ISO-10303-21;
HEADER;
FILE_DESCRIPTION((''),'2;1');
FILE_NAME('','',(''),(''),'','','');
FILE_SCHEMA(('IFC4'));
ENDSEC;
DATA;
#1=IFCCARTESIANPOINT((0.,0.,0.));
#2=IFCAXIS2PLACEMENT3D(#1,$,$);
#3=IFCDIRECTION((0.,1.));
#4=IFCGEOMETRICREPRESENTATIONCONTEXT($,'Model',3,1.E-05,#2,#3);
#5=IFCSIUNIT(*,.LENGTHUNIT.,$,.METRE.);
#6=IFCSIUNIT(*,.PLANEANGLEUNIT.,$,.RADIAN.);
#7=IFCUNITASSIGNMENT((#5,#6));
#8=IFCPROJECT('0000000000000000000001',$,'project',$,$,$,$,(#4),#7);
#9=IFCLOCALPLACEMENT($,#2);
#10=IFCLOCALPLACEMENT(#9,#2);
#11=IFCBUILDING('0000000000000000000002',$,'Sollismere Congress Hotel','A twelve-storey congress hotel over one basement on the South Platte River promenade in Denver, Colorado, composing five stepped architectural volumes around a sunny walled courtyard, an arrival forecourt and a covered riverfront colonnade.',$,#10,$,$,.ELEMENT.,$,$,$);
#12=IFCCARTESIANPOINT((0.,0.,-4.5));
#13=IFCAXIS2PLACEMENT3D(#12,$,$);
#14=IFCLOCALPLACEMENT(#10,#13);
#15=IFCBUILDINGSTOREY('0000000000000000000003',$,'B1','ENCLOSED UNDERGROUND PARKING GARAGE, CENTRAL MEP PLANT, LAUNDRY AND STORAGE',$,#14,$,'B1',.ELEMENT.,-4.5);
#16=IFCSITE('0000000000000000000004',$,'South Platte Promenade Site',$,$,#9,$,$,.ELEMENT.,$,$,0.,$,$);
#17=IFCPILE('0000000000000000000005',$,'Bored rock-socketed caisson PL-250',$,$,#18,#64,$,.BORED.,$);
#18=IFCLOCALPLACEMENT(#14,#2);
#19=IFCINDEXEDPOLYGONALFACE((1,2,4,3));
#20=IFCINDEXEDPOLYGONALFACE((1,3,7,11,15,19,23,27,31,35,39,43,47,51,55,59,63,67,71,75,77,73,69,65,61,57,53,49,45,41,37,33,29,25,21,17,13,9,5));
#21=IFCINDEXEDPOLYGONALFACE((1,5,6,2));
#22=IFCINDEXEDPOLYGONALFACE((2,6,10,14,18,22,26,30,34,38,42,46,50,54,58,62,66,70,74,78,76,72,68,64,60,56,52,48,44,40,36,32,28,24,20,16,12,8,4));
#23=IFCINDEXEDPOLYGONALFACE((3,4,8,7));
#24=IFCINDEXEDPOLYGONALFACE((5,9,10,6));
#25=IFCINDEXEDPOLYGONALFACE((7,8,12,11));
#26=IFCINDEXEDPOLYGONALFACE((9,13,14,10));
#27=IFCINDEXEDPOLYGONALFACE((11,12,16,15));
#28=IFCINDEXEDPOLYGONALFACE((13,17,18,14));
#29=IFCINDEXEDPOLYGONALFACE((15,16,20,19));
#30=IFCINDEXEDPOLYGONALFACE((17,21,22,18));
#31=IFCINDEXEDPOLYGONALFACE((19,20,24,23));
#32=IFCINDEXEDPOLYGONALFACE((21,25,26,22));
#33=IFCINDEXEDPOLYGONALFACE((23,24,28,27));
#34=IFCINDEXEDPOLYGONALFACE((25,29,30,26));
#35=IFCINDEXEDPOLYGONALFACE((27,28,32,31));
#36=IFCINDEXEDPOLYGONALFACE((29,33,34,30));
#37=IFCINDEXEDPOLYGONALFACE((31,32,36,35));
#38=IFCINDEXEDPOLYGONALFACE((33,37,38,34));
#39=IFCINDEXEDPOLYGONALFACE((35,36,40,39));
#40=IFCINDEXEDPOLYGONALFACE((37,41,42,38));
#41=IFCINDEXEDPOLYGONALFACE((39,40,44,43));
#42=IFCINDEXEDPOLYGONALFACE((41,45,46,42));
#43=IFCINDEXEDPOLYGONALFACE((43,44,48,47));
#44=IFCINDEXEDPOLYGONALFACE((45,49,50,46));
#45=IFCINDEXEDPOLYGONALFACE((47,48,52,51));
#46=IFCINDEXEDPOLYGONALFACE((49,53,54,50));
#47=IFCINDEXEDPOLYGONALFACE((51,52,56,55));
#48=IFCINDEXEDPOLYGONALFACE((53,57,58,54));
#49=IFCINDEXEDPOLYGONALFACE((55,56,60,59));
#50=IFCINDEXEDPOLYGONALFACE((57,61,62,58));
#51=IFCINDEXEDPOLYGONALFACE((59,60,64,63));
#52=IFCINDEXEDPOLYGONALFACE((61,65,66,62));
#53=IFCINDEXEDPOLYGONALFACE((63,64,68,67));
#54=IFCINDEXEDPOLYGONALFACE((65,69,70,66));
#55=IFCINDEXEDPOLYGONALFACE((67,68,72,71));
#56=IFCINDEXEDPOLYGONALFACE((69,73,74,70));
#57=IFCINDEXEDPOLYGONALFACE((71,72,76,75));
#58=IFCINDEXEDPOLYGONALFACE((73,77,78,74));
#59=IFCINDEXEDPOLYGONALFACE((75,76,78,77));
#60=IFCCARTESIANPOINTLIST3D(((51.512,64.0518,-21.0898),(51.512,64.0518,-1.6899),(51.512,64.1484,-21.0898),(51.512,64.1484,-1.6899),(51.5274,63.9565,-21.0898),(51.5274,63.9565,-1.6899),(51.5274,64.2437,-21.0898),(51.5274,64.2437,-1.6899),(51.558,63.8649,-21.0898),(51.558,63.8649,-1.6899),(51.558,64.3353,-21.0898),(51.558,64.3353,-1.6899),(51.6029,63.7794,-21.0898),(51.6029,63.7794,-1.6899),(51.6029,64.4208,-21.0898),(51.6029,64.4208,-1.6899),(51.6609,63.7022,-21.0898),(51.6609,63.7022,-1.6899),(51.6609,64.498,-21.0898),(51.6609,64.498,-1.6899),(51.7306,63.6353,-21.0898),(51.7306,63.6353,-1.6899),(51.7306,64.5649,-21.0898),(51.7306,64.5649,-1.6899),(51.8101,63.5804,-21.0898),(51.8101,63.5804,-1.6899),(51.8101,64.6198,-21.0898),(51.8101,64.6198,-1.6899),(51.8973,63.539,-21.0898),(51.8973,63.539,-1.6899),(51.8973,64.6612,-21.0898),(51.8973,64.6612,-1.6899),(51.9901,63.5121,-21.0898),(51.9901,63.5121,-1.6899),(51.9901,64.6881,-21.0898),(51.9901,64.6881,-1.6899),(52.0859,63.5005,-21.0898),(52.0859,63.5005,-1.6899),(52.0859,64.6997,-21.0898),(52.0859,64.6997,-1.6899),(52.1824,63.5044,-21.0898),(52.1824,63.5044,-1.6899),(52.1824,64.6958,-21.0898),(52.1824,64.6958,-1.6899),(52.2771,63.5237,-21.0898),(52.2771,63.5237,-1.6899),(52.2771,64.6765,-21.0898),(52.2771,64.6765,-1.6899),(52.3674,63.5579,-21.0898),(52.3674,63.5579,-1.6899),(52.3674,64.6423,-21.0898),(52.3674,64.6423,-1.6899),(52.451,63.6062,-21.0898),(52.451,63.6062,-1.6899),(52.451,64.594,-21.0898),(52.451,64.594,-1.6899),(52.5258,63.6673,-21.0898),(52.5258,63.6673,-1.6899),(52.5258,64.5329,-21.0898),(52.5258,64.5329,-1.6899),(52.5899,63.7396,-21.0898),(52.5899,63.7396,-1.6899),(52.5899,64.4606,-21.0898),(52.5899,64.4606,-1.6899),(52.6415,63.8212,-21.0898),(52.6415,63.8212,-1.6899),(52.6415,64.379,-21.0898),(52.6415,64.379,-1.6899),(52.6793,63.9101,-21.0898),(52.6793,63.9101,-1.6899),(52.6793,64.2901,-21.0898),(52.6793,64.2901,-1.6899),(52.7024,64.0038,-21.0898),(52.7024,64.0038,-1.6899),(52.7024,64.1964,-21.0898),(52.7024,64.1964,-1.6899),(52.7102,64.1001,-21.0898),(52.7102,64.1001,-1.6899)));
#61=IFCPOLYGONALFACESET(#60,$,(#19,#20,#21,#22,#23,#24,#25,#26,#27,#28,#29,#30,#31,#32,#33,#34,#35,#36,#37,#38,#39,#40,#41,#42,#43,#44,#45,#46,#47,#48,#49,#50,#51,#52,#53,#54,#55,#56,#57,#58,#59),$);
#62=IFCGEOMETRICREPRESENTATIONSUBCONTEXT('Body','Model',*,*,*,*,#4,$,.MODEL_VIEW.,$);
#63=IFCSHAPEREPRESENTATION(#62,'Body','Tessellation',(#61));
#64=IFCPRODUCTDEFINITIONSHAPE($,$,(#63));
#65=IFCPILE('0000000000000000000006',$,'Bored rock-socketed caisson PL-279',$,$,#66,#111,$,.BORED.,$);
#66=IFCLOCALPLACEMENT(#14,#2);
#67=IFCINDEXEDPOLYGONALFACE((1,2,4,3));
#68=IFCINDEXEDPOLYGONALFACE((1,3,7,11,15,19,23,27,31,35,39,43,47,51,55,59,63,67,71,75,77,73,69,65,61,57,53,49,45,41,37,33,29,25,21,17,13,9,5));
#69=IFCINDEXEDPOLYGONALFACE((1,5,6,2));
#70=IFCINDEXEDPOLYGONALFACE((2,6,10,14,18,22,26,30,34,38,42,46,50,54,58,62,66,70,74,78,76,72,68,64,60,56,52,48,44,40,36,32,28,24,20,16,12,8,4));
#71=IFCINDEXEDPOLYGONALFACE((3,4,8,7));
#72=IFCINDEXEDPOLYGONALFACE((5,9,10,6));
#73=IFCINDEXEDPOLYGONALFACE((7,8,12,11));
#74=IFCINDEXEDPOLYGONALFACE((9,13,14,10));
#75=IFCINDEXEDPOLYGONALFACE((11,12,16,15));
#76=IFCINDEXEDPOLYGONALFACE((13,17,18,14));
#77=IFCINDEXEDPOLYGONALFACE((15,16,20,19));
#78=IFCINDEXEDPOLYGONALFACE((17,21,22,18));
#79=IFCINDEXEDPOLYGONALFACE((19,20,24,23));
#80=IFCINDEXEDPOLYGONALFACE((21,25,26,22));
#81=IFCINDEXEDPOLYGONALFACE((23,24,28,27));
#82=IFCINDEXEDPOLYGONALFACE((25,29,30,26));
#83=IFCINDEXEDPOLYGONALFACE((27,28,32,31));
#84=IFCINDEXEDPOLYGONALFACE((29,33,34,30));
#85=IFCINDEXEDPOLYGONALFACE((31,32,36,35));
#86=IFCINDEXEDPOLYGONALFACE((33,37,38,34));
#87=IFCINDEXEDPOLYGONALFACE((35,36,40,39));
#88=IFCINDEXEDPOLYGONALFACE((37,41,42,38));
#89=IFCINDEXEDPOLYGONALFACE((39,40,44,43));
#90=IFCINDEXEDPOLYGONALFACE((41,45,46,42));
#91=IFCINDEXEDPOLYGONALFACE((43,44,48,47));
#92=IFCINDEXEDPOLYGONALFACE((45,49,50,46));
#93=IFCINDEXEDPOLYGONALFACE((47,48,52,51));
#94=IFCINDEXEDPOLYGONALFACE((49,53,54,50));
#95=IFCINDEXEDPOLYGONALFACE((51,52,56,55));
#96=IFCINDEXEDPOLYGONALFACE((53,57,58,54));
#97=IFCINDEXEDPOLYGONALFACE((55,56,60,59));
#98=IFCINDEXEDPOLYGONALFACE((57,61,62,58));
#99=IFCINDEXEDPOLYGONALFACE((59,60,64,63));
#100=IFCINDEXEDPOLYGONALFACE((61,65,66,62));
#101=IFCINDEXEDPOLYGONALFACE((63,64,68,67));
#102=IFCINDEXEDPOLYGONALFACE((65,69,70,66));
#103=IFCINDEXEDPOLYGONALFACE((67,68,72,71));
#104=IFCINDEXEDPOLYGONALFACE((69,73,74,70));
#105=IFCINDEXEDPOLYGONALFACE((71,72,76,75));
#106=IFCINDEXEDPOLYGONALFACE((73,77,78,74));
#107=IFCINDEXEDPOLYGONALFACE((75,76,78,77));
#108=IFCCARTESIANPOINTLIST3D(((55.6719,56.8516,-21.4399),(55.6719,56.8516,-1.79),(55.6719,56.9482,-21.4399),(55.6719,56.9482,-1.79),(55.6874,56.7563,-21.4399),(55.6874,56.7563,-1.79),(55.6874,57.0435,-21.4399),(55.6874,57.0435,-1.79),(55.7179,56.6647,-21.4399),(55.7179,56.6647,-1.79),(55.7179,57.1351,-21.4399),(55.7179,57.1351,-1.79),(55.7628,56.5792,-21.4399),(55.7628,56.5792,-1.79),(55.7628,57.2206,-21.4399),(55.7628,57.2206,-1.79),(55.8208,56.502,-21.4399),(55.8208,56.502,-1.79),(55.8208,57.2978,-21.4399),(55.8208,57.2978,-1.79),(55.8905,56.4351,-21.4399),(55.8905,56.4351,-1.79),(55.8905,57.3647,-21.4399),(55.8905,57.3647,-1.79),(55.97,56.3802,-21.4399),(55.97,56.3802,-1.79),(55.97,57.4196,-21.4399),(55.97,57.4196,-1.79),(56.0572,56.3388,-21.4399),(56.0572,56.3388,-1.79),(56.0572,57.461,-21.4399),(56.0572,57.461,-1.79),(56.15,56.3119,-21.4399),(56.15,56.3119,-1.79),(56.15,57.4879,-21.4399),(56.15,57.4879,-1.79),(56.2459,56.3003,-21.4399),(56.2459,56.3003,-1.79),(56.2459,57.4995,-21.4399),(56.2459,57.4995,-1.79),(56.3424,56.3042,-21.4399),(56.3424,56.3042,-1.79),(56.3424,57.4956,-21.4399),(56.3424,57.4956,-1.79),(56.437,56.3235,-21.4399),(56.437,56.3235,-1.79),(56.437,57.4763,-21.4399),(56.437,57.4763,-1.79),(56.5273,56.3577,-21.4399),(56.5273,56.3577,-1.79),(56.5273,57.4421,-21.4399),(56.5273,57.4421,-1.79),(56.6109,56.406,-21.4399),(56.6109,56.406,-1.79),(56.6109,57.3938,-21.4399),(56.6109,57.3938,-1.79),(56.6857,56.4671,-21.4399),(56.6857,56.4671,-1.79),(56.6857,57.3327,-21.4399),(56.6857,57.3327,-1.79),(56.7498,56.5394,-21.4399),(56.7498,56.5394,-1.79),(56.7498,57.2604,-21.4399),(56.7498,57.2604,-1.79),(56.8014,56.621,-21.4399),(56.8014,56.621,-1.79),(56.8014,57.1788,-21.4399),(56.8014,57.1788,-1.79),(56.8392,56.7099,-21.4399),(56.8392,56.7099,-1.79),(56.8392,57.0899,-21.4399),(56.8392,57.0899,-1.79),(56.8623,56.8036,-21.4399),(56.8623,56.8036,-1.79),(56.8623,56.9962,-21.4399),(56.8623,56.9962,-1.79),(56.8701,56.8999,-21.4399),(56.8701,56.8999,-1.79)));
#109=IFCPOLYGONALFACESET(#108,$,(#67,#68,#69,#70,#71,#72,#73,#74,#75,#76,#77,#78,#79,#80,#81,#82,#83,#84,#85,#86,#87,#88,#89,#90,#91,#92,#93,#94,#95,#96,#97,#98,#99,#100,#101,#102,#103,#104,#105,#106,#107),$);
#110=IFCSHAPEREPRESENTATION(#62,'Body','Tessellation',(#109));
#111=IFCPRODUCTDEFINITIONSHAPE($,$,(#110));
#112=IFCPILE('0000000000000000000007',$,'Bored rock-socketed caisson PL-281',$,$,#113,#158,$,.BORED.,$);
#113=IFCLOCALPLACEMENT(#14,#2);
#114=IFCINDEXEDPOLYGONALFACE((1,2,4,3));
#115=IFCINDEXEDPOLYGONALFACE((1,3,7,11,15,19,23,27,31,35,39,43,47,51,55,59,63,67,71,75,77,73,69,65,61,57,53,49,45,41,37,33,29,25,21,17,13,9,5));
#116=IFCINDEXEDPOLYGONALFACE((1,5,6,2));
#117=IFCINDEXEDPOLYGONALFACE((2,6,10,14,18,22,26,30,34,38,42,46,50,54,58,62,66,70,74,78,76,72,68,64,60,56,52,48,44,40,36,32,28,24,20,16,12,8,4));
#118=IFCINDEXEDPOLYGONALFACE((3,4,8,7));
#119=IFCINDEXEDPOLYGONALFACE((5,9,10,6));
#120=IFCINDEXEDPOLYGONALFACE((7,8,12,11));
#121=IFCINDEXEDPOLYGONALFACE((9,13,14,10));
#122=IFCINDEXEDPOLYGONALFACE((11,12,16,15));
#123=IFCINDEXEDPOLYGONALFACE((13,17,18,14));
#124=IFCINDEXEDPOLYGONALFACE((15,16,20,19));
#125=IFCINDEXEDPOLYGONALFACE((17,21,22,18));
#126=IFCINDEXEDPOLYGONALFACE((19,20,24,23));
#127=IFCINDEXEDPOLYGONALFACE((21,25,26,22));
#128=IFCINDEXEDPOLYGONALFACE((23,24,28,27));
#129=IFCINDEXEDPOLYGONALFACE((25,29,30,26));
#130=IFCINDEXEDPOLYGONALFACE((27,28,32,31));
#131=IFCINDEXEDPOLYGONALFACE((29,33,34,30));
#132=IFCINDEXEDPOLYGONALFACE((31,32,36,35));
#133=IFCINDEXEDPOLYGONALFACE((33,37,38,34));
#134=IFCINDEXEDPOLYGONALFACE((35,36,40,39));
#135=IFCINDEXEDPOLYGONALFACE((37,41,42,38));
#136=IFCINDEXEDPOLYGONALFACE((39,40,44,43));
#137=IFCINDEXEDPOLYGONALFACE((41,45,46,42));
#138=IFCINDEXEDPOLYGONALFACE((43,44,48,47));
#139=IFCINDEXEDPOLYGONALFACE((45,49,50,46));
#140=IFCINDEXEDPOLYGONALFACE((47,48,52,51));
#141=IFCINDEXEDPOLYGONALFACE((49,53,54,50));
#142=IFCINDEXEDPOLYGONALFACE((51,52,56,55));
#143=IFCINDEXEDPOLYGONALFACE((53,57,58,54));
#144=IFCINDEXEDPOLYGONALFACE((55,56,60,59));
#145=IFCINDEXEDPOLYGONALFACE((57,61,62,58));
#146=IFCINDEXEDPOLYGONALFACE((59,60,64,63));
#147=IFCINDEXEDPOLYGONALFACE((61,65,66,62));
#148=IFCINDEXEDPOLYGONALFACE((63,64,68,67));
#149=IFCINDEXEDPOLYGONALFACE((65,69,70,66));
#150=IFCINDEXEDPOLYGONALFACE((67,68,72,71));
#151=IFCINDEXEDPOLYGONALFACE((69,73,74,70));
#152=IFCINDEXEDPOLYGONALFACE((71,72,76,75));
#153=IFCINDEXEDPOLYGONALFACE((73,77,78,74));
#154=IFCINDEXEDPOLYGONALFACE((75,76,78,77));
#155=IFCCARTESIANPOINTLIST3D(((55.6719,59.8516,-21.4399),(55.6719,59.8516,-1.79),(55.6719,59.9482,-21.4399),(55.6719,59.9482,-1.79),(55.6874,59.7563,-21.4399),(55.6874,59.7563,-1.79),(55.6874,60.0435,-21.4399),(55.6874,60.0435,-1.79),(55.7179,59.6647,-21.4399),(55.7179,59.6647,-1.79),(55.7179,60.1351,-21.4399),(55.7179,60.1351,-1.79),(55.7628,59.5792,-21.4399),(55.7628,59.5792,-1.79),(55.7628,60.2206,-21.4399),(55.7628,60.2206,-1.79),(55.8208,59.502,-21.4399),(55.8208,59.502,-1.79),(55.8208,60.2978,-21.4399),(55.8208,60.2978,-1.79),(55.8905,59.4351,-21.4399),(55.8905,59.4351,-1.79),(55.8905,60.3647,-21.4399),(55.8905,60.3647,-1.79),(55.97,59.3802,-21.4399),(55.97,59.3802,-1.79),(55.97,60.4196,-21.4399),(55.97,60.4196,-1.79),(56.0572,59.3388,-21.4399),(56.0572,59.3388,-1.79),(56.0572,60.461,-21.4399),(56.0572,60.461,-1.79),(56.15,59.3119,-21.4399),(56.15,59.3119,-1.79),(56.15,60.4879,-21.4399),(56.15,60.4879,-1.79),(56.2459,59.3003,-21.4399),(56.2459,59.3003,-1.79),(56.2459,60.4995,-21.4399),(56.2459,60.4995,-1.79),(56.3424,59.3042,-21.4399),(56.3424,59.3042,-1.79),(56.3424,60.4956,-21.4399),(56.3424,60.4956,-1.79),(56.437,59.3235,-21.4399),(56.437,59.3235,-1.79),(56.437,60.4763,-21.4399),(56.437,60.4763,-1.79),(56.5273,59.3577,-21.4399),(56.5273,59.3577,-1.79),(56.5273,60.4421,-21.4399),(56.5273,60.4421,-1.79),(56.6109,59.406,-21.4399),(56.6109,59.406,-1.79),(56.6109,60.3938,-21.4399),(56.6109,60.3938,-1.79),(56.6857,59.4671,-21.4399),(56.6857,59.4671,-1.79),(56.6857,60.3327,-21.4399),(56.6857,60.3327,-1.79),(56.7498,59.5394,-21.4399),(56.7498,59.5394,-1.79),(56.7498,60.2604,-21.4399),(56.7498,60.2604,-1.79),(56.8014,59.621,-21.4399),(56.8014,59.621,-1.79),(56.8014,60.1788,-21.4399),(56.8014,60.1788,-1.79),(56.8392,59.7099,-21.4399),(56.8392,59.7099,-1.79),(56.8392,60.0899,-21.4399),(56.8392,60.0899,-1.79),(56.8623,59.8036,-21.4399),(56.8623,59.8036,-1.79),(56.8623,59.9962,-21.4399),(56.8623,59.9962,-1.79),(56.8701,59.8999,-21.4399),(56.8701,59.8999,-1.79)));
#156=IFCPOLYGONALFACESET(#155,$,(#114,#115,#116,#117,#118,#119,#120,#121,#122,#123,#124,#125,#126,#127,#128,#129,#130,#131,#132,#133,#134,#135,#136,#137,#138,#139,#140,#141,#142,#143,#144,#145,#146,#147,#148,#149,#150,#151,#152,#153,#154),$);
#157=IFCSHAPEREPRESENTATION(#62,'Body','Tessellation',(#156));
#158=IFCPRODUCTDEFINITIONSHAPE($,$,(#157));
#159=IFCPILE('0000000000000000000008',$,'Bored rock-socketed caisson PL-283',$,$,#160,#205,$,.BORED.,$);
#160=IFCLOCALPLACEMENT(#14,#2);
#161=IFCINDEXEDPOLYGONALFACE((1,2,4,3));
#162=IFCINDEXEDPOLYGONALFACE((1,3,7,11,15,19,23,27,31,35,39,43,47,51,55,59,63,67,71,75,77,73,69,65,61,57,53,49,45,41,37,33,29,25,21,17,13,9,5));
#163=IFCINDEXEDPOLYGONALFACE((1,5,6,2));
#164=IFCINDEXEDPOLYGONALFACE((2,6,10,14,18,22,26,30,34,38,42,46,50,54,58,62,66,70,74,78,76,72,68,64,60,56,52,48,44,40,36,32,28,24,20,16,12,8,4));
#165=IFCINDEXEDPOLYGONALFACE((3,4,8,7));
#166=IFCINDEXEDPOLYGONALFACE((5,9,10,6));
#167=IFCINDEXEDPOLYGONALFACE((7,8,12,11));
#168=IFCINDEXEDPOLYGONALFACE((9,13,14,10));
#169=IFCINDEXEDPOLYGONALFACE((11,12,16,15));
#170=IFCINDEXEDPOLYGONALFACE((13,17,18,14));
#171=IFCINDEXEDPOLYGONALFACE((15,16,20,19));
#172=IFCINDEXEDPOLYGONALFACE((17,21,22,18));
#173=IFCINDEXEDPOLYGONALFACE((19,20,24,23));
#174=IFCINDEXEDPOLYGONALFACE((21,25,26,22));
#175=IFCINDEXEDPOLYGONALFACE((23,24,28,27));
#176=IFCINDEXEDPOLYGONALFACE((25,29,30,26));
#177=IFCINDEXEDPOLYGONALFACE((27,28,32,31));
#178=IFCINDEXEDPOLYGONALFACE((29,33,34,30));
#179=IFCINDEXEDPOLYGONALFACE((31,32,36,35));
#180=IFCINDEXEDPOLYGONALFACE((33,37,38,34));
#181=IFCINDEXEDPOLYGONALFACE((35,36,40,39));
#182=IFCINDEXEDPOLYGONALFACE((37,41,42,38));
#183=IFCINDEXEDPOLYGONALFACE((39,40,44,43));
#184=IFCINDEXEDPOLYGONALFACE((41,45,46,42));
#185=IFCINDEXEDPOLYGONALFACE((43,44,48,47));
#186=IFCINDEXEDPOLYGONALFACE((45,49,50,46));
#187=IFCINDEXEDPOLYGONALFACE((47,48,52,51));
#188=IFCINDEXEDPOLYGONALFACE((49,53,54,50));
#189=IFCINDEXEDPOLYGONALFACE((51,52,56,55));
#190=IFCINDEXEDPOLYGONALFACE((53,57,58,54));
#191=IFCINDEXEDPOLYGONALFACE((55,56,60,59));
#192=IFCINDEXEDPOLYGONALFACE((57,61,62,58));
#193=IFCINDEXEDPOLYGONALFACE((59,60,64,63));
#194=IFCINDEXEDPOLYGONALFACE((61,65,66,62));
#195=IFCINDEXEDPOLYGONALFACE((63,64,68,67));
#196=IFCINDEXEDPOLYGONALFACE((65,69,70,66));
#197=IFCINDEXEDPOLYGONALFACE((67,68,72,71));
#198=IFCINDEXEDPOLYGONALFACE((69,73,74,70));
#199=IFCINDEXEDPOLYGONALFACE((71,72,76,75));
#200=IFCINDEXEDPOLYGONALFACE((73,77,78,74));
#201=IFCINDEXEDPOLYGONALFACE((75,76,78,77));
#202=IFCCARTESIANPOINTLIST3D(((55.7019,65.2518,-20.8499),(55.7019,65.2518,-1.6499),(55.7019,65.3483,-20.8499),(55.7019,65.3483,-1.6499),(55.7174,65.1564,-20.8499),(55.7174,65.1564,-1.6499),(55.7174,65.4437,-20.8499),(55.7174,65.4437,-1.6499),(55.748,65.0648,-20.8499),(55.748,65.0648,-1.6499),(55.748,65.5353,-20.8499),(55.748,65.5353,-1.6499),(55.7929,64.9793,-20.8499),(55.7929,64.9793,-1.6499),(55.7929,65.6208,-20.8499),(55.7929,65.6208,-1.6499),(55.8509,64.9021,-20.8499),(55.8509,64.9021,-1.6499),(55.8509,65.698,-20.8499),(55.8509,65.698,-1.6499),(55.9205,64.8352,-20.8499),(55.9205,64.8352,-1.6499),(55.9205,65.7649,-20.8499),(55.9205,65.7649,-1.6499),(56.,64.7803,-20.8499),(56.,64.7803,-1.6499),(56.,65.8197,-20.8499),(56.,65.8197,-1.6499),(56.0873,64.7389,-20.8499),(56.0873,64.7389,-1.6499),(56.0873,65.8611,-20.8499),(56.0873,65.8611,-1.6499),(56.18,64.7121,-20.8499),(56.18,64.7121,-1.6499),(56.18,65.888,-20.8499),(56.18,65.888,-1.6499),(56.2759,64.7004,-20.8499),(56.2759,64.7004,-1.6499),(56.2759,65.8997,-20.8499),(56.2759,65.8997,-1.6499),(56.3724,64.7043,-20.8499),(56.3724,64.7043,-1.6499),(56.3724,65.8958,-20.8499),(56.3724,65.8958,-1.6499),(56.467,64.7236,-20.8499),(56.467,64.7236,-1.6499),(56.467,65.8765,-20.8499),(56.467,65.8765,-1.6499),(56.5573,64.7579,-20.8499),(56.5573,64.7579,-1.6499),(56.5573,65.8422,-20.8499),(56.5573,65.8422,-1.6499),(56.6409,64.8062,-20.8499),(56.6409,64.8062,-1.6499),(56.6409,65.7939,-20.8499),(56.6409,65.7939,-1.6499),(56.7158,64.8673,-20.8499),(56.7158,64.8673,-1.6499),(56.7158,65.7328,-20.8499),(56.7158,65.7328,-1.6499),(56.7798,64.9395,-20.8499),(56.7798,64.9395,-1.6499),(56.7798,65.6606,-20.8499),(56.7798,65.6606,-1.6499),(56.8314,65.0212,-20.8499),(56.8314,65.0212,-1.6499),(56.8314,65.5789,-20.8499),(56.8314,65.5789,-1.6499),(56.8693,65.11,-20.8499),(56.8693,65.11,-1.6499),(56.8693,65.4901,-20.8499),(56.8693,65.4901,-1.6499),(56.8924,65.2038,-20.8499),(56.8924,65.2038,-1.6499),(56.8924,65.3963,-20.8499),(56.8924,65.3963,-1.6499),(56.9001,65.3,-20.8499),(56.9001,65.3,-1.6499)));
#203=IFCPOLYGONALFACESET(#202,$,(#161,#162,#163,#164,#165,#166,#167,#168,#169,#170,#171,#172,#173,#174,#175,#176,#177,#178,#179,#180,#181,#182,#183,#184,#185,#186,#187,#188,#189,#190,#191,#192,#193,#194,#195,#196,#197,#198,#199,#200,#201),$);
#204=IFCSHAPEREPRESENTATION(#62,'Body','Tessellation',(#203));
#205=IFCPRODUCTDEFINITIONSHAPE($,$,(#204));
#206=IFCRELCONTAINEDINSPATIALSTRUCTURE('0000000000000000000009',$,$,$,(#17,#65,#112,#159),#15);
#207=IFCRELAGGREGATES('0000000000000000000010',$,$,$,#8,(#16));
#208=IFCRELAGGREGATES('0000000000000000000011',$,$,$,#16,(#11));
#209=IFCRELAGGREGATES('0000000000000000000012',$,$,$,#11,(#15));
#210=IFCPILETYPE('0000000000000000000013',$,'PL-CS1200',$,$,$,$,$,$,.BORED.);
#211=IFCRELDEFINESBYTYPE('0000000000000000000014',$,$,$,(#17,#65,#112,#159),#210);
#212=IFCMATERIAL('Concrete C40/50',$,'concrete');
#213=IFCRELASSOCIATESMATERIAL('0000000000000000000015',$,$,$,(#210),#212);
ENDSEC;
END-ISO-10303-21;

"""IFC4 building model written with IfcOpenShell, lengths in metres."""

from ifc_helpers import new_model, si_unit, direction, frame, origin, origin_2d, place, context, subcontext, project, spatial, circle, extrude, material, material_profile, profile_set, type_object, element, save


model = new_model("IFC4")

# Units and contexts
model_context = context("Model", 3, precision=1e-05, world=origin(), true_north=direction((0.0, 1.0)))
body_context = subcontext(model_context, "Body", "Model", "MODEL_VIEW")
ifc_project = project(units=[si_unit("LENGTHUNIT", "METRE"), si_unit("PLANEANGLEUNIT", "RADIAN")], contexts=[model_context])

# Site, building, storey
site_placement = place(None, origin())
site = spatial("IfcSite", under=ifc_project, at=site_placement, Name="South Platte Promenade Site", CompositionType="ELEMENT", RefElevation=0.0)
building_placement = place(site_placement, origin())
building = spatial("IfcBuilding", under=site, at=building_placement, Name="Sollismere Congress Hotel", Description="A twelve-storey congress hotel over one basement on the South Platte River promenade in Denver, Colorado, composing five stepped architectural volumes around a sunny walled courtyard, an arrival forecourt and a covered riverfront colonnade.", CompositionType="ELEMENT")
storey_placement = place(building_placement, frame((0.0, 0.0, -4.5)))
storey = spatial("IfcBuildingStorey", under=building, at=storey_placement, Name="B1", Description="ENCLOSED UNDERGROUND PARKING GARAGE, CENTRAL MEP PLANT, LAUNDRY AND STORAGE", LongName="B1", CompositionType="ELEMENT", Elevation=-4.5)

# Shared definitions
ifc_material_1 = material(Name="Concrete C40/50", Category="concrete")

# Piles
ifc_material_profile_1 = material_profile(ifc_material_1, circle(Radius=0.6001, at=origin_2d()), Name="CAISSON1200")
ifc_profile_set_1 = profile_set([ifc_material_profile_1], Name="Concrete C40/50")
pile_type = type_object("IfcPileType", Name="PL-CS1200", PredefinedType="BORED", material=ifc_profile_set_1)
pile_1_placement = place(storey_placement, frame((52.1101, 64.1001, -1.6899), z_axis=(0.0, 0.0, -1.0), x_axis=(1.0, 0.0, 0.0)))
element("IfcPile", 1, at=pile_1_placement, inside=storey, type_object=pile_type, Name="Bored rock-socketed caisson PL-250", PredefinedType="BORED", context=body_context, shape_type="SweptSolid", body=[
    extrude(circle(Radius=0.6001, at=origin_2d()), origin(), (0.0, 0.0, 1.0), 19.3999),
])
for number, where, z_axis, x_axis, name in (
    (2, (56.27, 56.8999, -1.79), (0.0, 0.0, -1.0), (1.0, 0.0, 0.0), "Bored rock-socketed caisson PL-279"),
    (3, (56.27, 59.8999, -1.79), (0.0, 0.0, -1.0), (1.0, 0.0, 0.0), "Bored rock-socketed caisson PL-281"),
):
    element("IfcPile", number, at=place(storey_placement, frame(where, z_axis=z_axis, x_axis=x_axis)), inside=storey, type_object=pile_type, Name=name, PredefinedType="BORED", context=body_context, shape_type="SweptSolid", body=[
        extrude(circle(Radius=0.6001, at=origin_2d()), origin(), (0.0, 0.0, 1.0), 19.6499),
    ])
pile_2_placement = place(storey_placement, frame((56.3, 65.3, -1.6499), z_axis=(0.0, 0.0, -1.0), x_axis=(1.0, 0.0, 0.0)))
element("IfcPile", 4, at=pile_2_placement, inside=storey, type_object=pile_type, Name="Bored rock-socketed caisson PL-283", PredefinedType="BORED", context=body_context, shape_type="SweptSolid", body=[
    extrude(circle(Radius=0.6001, at=origin_2d()), origin(), (0.0, 0.0, 1.0), 19.2),
])

save(model, "model.ifc")
